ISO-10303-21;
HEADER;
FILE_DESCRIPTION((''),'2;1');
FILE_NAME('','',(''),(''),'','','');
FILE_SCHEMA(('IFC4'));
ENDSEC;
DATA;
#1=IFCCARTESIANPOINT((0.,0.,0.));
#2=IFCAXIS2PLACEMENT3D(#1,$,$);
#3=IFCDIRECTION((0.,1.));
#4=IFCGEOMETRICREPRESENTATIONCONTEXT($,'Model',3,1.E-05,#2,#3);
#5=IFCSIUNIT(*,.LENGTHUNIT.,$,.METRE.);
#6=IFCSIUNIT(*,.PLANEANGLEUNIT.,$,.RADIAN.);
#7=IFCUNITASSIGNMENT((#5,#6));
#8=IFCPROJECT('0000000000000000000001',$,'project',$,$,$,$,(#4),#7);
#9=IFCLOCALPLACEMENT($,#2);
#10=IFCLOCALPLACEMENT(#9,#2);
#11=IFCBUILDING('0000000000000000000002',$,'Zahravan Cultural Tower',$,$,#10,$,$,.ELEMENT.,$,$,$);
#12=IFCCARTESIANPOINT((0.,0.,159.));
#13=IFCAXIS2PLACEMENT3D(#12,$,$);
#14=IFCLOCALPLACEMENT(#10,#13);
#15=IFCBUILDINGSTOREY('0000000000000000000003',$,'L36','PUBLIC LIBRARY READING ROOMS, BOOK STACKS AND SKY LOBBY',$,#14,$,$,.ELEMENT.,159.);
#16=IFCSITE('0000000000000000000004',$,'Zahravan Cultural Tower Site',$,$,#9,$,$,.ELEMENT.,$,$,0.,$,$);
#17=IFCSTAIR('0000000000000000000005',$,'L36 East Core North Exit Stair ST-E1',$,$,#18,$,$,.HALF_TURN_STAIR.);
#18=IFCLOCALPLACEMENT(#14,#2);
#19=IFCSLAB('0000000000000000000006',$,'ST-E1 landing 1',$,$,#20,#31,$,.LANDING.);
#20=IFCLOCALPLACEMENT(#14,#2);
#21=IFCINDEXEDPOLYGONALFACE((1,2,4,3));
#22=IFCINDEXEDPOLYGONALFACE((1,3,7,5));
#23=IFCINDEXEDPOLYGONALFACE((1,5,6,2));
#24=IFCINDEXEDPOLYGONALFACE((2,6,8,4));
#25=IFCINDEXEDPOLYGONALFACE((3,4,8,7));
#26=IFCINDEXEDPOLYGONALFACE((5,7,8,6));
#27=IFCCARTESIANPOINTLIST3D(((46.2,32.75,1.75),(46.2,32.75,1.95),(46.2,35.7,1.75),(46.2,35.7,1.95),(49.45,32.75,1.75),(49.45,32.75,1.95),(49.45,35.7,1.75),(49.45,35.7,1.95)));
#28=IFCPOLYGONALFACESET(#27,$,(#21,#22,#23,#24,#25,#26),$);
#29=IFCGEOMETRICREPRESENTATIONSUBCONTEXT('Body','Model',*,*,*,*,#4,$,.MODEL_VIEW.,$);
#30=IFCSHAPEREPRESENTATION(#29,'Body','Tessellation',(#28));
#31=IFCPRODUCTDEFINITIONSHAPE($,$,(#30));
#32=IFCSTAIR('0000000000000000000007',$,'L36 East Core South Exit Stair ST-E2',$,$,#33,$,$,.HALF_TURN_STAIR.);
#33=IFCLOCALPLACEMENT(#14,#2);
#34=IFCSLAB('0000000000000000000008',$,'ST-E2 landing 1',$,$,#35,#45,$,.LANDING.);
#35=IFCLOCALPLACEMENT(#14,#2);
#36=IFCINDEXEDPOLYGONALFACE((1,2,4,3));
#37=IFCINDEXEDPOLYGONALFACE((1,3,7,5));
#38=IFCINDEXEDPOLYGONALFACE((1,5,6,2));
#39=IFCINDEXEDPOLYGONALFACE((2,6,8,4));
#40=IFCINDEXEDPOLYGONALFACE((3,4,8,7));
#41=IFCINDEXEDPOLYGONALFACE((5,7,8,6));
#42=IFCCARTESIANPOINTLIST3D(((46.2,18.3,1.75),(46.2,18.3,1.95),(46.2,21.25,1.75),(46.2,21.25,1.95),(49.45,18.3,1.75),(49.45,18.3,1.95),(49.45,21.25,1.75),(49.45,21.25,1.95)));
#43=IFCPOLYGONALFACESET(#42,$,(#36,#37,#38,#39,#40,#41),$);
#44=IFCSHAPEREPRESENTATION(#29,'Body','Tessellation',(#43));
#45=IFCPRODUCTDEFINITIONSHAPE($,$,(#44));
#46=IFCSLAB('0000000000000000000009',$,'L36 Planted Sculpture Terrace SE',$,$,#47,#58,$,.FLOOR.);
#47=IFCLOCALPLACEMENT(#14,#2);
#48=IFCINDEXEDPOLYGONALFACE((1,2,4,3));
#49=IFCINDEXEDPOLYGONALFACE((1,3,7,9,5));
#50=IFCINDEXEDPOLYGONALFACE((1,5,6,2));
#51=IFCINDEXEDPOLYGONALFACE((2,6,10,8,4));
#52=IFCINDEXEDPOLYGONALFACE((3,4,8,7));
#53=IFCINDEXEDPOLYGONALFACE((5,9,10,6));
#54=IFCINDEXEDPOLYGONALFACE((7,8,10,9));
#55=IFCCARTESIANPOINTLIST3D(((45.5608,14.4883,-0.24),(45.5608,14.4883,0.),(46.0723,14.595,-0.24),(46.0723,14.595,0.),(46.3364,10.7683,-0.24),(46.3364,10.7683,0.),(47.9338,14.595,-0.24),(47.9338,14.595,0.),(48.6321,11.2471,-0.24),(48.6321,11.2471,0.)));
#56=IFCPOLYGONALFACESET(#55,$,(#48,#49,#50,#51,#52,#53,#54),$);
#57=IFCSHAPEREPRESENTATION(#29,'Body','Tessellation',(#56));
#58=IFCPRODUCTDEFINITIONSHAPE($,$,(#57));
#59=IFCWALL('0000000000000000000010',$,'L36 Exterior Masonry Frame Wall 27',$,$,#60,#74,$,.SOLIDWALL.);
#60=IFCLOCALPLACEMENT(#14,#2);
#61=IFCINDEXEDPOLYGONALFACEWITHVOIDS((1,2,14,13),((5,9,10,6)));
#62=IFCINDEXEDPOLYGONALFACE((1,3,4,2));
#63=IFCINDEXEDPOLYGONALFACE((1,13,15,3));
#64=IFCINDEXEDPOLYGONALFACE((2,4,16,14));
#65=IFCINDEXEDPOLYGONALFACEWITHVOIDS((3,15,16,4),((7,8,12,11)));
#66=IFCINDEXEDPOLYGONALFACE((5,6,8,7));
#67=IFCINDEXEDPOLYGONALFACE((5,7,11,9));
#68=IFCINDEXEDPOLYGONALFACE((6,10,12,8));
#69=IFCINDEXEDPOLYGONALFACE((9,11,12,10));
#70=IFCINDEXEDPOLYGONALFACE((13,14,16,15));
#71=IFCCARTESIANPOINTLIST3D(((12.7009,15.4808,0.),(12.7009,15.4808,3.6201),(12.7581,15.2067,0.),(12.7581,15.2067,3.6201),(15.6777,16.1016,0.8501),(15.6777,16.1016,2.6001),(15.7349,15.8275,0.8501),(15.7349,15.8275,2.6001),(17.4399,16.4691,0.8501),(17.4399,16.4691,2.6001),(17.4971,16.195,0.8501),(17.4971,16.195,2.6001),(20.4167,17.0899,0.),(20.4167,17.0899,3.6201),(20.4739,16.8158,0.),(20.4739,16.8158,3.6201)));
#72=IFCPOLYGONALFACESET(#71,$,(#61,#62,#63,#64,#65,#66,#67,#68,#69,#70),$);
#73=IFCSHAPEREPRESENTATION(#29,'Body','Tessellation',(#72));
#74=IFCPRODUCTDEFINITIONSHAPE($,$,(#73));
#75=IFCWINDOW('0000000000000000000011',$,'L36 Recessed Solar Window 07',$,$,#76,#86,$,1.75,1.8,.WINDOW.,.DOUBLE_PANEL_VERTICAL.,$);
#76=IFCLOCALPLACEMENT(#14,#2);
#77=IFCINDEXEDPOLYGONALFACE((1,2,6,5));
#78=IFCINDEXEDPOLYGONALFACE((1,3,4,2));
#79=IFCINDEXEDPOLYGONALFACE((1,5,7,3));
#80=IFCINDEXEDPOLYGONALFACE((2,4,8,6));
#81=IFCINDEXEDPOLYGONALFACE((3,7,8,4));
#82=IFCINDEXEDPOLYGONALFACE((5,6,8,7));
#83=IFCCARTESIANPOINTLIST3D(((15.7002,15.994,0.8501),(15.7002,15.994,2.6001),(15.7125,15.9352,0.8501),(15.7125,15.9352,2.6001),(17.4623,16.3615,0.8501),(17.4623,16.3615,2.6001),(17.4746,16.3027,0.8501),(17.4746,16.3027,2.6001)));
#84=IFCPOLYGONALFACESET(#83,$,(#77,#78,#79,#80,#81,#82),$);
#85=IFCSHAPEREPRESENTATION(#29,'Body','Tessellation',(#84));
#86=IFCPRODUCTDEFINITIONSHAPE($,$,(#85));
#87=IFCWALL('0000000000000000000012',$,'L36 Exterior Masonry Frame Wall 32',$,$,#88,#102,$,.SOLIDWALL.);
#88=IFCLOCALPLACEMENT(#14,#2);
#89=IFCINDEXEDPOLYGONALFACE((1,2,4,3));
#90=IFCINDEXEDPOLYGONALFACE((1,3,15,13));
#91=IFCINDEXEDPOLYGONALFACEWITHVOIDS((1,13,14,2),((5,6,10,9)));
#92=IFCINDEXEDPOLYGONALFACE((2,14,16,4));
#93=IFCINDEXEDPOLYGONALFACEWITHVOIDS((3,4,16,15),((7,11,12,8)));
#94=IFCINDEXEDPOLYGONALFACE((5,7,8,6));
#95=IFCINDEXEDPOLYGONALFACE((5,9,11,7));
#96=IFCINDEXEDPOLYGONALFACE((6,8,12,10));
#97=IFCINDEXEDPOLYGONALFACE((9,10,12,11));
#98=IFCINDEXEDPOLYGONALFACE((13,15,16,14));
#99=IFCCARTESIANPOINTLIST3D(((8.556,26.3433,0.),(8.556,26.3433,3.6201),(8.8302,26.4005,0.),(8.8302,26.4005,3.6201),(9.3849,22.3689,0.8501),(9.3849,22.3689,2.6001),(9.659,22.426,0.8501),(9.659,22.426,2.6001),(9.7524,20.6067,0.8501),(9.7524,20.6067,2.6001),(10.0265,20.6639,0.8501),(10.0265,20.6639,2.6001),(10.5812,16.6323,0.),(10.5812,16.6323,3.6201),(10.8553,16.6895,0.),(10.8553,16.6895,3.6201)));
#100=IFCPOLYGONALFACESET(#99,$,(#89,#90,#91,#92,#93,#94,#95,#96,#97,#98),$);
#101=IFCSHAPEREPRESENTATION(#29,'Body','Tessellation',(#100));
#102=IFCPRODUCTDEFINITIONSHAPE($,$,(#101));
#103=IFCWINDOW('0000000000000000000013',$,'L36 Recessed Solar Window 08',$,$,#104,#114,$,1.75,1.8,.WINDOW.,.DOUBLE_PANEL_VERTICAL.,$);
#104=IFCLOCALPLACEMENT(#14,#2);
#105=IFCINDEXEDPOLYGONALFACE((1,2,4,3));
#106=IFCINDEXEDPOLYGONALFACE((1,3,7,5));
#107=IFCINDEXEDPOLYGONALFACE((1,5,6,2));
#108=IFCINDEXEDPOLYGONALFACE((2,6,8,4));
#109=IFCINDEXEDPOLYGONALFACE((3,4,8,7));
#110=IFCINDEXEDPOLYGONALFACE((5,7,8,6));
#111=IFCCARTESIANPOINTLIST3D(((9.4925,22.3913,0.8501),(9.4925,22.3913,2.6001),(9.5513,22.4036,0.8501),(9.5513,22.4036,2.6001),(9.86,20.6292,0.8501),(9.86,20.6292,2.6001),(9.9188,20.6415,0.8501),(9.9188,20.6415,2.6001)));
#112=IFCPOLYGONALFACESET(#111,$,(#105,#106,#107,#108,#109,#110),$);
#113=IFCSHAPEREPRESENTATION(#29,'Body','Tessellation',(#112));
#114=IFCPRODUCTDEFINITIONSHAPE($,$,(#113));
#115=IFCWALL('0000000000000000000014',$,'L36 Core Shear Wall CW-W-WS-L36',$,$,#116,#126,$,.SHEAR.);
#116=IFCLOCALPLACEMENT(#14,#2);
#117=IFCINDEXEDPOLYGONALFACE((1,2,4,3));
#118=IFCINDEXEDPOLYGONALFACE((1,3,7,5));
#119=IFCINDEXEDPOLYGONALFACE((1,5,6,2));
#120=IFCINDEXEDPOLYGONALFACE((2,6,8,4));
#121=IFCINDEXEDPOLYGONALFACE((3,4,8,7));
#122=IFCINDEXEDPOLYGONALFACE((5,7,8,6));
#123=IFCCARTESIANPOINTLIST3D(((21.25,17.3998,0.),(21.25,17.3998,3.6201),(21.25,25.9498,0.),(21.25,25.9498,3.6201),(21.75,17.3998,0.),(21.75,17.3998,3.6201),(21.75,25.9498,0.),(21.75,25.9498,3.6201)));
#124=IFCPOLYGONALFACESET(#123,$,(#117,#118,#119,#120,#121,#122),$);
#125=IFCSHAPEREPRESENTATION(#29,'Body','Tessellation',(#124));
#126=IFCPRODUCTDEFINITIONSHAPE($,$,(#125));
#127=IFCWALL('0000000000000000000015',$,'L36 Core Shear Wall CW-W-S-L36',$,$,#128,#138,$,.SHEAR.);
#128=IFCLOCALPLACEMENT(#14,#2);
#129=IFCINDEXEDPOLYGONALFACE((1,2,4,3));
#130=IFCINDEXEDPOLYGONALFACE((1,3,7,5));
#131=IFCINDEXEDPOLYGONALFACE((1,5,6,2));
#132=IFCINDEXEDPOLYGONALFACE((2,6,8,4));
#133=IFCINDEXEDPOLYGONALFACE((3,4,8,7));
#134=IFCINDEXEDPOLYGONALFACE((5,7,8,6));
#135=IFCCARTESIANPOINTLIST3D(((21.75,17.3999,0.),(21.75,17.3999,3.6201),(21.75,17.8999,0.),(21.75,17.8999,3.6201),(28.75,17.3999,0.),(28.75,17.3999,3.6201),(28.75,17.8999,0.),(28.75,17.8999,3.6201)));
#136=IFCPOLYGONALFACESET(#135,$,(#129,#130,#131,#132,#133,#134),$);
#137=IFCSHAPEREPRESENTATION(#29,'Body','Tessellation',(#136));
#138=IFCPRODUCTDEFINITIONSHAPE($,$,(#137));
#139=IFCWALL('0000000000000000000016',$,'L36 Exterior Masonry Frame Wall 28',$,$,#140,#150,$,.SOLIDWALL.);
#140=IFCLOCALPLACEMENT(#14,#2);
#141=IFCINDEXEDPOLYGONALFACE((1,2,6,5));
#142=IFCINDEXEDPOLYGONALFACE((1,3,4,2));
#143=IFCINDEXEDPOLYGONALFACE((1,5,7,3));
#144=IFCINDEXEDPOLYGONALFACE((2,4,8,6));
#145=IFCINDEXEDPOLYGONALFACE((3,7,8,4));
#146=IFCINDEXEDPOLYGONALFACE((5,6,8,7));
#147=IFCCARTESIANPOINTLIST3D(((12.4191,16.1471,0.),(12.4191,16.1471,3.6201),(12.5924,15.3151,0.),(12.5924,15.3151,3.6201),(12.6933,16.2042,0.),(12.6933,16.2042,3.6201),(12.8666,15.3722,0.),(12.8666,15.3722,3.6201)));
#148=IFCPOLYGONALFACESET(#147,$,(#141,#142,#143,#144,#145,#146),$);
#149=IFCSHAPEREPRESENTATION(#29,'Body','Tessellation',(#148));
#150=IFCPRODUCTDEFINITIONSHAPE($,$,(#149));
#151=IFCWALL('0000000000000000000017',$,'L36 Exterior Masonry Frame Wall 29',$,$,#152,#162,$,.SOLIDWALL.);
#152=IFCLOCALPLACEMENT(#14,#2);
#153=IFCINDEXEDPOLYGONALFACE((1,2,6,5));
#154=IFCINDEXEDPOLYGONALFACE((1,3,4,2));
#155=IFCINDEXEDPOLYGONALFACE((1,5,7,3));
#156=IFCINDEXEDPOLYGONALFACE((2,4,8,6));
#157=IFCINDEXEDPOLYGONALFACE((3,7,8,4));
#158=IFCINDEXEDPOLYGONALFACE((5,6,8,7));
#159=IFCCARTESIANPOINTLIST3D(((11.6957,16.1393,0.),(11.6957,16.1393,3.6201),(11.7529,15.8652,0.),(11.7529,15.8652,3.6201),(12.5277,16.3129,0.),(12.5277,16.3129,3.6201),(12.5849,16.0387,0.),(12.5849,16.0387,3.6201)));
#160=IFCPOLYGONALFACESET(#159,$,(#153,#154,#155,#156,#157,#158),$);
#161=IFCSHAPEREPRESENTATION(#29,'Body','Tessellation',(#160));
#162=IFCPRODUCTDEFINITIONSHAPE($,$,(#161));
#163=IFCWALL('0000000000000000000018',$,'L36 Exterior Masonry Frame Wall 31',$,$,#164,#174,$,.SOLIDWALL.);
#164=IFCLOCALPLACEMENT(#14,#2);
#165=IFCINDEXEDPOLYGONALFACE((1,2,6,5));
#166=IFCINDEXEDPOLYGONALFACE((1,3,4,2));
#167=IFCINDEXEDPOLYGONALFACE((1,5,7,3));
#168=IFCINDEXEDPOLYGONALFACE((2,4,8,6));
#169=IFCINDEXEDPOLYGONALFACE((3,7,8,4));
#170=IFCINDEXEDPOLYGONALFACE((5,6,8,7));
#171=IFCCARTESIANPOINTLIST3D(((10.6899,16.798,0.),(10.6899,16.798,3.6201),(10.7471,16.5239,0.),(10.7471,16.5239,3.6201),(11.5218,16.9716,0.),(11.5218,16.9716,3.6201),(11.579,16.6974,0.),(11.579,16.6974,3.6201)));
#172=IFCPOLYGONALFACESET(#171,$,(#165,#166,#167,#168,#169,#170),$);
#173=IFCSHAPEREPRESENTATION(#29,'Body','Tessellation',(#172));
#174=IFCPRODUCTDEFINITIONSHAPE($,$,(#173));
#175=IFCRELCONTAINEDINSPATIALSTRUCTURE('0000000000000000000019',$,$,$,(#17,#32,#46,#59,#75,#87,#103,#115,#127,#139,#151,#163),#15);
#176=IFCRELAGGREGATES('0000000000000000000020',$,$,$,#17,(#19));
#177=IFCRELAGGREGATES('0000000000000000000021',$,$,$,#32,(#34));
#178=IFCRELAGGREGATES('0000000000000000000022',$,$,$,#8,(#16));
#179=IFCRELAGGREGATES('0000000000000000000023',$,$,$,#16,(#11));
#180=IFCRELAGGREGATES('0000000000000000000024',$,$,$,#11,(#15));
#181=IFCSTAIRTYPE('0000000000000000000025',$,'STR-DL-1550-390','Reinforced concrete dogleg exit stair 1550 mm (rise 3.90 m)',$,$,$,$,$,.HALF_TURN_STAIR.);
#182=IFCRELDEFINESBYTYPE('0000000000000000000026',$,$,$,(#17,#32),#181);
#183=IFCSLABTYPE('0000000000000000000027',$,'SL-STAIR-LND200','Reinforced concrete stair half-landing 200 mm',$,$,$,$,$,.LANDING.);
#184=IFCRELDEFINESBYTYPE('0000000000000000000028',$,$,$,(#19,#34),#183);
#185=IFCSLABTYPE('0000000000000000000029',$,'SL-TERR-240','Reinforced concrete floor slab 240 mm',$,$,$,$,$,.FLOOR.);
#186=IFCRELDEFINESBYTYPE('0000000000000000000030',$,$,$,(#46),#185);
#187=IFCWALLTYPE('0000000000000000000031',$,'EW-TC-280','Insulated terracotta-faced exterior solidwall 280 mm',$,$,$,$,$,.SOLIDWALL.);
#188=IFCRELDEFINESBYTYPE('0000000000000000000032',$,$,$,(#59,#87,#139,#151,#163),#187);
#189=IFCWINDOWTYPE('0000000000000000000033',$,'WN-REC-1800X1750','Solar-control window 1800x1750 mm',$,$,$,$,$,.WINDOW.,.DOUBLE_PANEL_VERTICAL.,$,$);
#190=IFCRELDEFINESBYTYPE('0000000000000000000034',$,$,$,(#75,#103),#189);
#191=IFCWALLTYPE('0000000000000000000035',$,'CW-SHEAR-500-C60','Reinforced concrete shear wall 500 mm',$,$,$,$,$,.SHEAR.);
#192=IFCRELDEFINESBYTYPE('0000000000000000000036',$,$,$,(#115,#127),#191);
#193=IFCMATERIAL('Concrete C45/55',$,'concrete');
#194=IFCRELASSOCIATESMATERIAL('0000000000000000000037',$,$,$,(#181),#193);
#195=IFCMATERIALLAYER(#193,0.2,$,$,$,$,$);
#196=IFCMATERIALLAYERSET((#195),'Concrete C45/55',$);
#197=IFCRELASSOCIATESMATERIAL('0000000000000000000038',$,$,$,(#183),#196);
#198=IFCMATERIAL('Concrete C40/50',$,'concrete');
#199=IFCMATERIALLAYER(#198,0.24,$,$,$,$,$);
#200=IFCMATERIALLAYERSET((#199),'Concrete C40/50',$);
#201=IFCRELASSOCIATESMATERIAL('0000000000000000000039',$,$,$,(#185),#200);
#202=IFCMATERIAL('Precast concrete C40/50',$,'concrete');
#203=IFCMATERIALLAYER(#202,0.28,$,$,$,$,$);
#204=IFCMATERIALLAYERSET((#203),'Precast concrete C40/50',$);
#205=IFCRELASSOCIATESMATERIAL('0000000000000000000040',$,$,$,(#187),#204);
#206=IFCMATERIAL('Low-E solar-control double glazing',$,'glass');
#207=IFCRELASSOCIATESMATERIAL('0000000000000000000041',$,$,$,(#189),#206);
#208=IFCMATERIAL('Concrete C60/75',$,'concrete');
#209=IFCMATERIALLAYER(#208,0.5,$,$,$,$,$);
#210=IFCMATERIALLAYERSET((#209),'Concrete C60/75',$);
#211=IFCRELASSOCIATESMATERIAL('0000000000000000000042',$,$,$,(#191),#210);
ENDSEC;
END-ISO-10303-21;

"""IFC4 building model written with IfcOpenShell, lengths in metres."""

from ifc_helpers import new_model, si_unit, direction, frame, frame_2d, origin, place, context, subcontext, project, spatial, polyline, rectangle, outline, extrude, source, transform, mapped, material, layer, layer_set, type_object, element, fill, aggregate, save


model = new_model("IFC4")

# Units and contexts
model_context = context("Model", 3, precision=1e-05, world=origin(), true_north=direction((0.0, 1.0)))
body_context = subcontext(model_context, "Body", "Model", "MODEL_VIEW")
ifc_project = project(units=[si_unit("LENGTHUNIT", "METRE"), si_unit("PLANEANGLEUNIT", "RADIAN")], contexts=[model_context])

# Site, building, storey
site_placement = place(None, origin())
site = spatial("IfcSite", under=ifc_project, at=site_placement, Name="Zahravan Cultural Tower Site", CompositionType="ELEMENT", RefElevation=0.0)
building_placement = place(site_placement, origin())
building = spatial("IfcBuilding", under=site, at=building_placement, Name="Zahravan Cultural Tower", CompositionType="ELEMENT")
storey_placement = place(building_placement, frame((0.0, 0.0, 159.0)))
storey = spatial("IfcBuildingStorey", under=building, at=storey_placement, Name="L36", Description="PUBLIC LIBRARY READING ROOMS, BOOK STACKS AND SKY LOBBY", CompositionType="ELEMENT", Elevation=159.0)

# Shared definitions
ifc_material_1 = material(Name="Concrete C45/55", Category="concrete")

# Stairs, slabs
stair_type = type_object("IfcStairType", Name="STR-DL-1550-390", Description="Reinforced concrete dogleg exit stair 1550 mm (rise 3.90 m)", PredefinedType="HALF_TURN_STAIR", material=ifc_material_1)
ifc_layer_1 = layer(ifc_material_1, 0.2)
ifc_layer_set_1 = layer_set([ifc_layer_1], Name="Concrete C45/55")
slab_type_1 = type_object("IfcSlabType", Name="SL-STAIR-LND200", Description="Reinforced concrete stair half-landing 200 mm", PredefinedType="LANDING", material=ifc_layer_set_1)
stair_1_placement = place(storey_placement, origin())
stair_1 = element("IfcStair", 1, at=stair_1_placement, inside=storey, type_object=stair_type, Name="L36 East Core North Exit Stair ST-E1", PredefinedType="HALF_TURN_STAIR")
slab_1_placement = place(storey_placement, frame((0.0, 0.0, 1.75)))
slab_1 = element("IfcSlab", 2, at=slab_1_placement, type_object=slab_type_1, Name="ST-E1 landing 1", PredefinedType="LANDING", context=body_context, shape_type="SweptSolid", body=[
    extrude(outline(polyline([(49.45, 32.75), (49.45, 35.7), (46.2, 35.7), (46.2, 32.75), (49.45, 32.75)])), origin(), (0.0, 0.0, 1.0), 0.2),
])
aggregate(stair_1, [slab_1])
stair_2_placement = place(storey_placement, origin())
stair_2 = element("IfcStair", 3, at=stair_2_placement, inside=storey, type_object=stair_type, Name="L36 East Core South Exit Stair ST-E2", PredefinedType="HALF_TURN_STAIR")
slab_2_placement = place(storey_placement, frame((0.0, 0.0, 1.75)))
slab_2 = element("IfcSlab", 4, at=slab_2_placement, type_object=slab_type_1, Name="ST-E2 landing 1", PredefinedType="LANDING", context=body_context, shape_type="SweptSolid", body=[
    extrude(outline(polyline([(46.2, 21.25), (46.2, 18.3), (49.45, 18.3), (49.45, 21.25), (46.2, 21.25)])), origin(), (0.0, 0.0, 1.0), 0.2),
])
aggregate(stair_2, [slab_2])

# Slab
ifc_material_2 = material(Name="Concrete C40/50", Category="concrete")
ifc_layer_2 = layer(ifc_material_2, 0.24)
ifc_layer_set_2 = layer_set([ifc_layer_2], Name="Concrete C40/50")
slab_type_2 = type_object("IfcSlabType", Name="SL-TERR-240", Description="Reinforced concrete floor slab 240 mm", PredefinedType="FLOOR", material=ifc_layer_set_2)
slab_3_placement = place(storey_placement, frame((0.0, 0.0, -0.24)))
element("IfcSlab", 5, at=slab_3_placement, inside=storey, type_object=slab_type_2, Name="L36 Planted Sculpture Terrace SE", PredefinedType="FLOOR", context=body_context, shape_type="SweptSolid", body=[
    extrude(outline(polyline([(48.6321, 11.2471), (47.9338, 14.595), (46.0723, 14.595), (45.5608, 14.4883), (46.3364, 10.7683), (48.6321, 11.2471)])), origin(), (0.0, 0.0, 1.0), 0.24),
])

# Walls, openings, windows
ifc_material_3 = material(Name="Precast concrete C40/50", Category="concrete")
ifc_layer_3 = layer(ifc_material_3, 0.28)
ifc_layer_set_3 = layer_set([ifc_layer_3], Name="Precast concrete C40/50")
wall_type_1 = type_object("IfcWallType", Name="EW-TC-280", Description="Insulated terracotta-faced exterior solidwall 280 mm", PredefinedType="SOLIDWALL", material=ifc_layer_set_3)
wall_1_placement = place(storey_placement, frame((20.4453, 16.9529, 0.0), z_axis=(0.0, 0.0, 1.0), x_axis=(-0.978938, -0.204157, 0.0)))
wall_1 = element("IfcWall", 6, at=wall_1_placement, inside=storey, type_object=wall_type_1, Name="L36 Exterior Masonry Frame Wall 27", PredefinedType="SOLIDWALL", context=body_context, shape_type="SweptSolid", body=[
    extrude(rectangle(XDim=7.8818, YDim=0.28, at=frame_2d((3.9409, 0.0))), origin(), (0.0, 0.0, 1.0), 3.6201),
])
opening_1_placement = place(wall_1_placement, frame((3.041, 0.0, 0.8501)))
opening_1 = element("IfcOpeningElement", 7, at=opening_1_placement, cuts=wall_1, PredefinedType="OPENING", context=body_context, shape_type="SweptSolid", body=[
    extrude(rectangle(XDim=1.8, YDim=1.75, at=frame_2d((0.8999, 0.875))), frame((0.0, 0.1499, 0.0), z_axis=(0.0, -1.0, 0.0), x_axis=(1.0, 0.0, 0.0)), (0.0, 0.0, 1.0), 0.3),
])
ifc_material_4 = material(Name="Low-E solar-control double glazing", Category="glass")
window_type = type_object("IfcWindowType", Name="WN-REC-1800X1750", Description="Solar-control window 1800x1750 mm", PartitioningType="DOUBLE_PANEL_VERTICAL", PredefinedType="WINDOW", material=ifc_material_4)
shared_shape_1 = source(origin(), body_context, "Body", "SweptSolid", [
    extrude(rectangle(XDim=1.8, YDim=1.75, at=frame_2d((0.8999, 0.875))), frame((0.0, 0.03, 0.0), z_axis=(0.0, -1.0, 0.0), x_axis=(1.0, 0.0, 0.0)), (0.0, 0.0, 1.0), 0.0601),
])
window_1_placement = place(opening_1_placement, origin())
window_1 = element("IfcWindow", 8, at=window_1_placement, inside=storey, type_object=window_type, Name="L36 Recessed Solar Window 07", OverallHeight=1.75, OverallWidth=1.8, PartitioningType="DOUBLE_PANEL_VERTICAL", PredefinedType="WINDOW", context=body_context, shape_type="MappedRepresentation", body=[
    mapped(shared_shape_1, transform((0.0, 0.0, 0.0), x_axis=(1.0, 0.0, 0.0), y_axis=(0.0, 1.0, 0.0), z_axis=(0.0, 0.0, 1.0), scale=1.0)),
])
fill(opening_1, window_1)
wall_2_placement = place(storey_placement, frame((10.7183, 16.6609, 0.0), z_axis=(0.0, 0.0, 1.0), x_axis=(-0.204151, 0.978939, 0.0)))
wall_2 = element("IfcWall", 9, at=wall_2_placement, inside=storey, type_object=wall_type_1, Name="L36 Exterior Masonry Frame Wall 32", PredefinedType="SOLIDWALL", context=body_context, shape_type="SweptSolid", body=[
    extrude(rectangle(XDim=9.9199, YDim=0.28, at=frame_2d((4.96, 0.0))), origin(), (0.0, 0.0, 1.0), 3.6201),
])
opening_2_placement = place(wall_2_placement, frame((4.0601, 0.0, 0.8501)))
opening_2 = element("IfcOpeningElement", 10, at=opening_2_placement, cuts=wall_2, PredefinedType="OPENING", context=body_context, shape_type="SweptSolid", body=[
    extrude(rectangle(XDim=1.8, YDim=1.75, at=frame_2d((0.8999, 0.875))), frame((0.0, 0.1499, 0.0), z_axis=(0.0, -1.0, 0.0), x_axis=(1.0, 0.0, 0.0)), (0.0, 0.0, 1.0), 0.3),
])
window_2_placement = place(opening_2_placement, origin())
window_2 = element("IfcWindow", 11, at=window_2_placement, inside=storey, type_object=window_type, Name="L36 Recessed Solar Window 08", OverallHeight=1.75, OverallWidth=1.8, PartitioningType="DOUBLE_PANEL_VERTICAL", PredefinedType="WINDOW", context=body_context, shape_type="MappedRepresentation", body=[
    mapped(shared_shape_1, transform((0.0, 0.0, 0.0), x_axis=(1.0, 0.0, 0.0), y_axis=(0.0, 1.0, 0.0), z_axis=(0.0, 0.0, 1.0), scale=1.0)),
])
fill(opening_2, window_2)

# Walls
ifc_material_5 = material(Name="Concrete C60/75", Category="concrete")
ifc_layer_4 = layer(ifc_material_5, 0.5)
ifc_layer_set_4 = layer_set([ifc_layer_4], Name="Concrete C60/75")
wall_type_2 = type_object("IfcWallType", Name="CW-SHEAR-500-C60", Description="Reinforced concrete shear wall 500 mm", PredefinedType="SHEAR", material=ifc_layer_set_4)
shared_shape_2 = source(origin(), body_context, "Body", "SweptSolid", [
    extrude(rectangle(XDim=8.55, YDim=0.5, at=frame_2d((4.2749, 0.0))), origin(), (0.0, 0.0, 1.0), 3.6201),
])
wall_3_placement = place(storey_placement, frame((21.5, 17.3999, 0.0), z_axis=(0.0, 0.0, 1.0), x_axis=(0.0, 1.0, 0.0)))
element("IfcWall", 12, at=wall_3_placement, inside=storey, type_object=wall_type_2, Name="L36 Core Shear Wall CW-W-WS-L36", PredefinedType="SHEAR", context=body_context, shape_type="MappedRepresentation", body=[
    mapped(shared_shape_2, transform((0.0, 0.0, 0.0), x_axis=(1.0, 0.0, 0.0), y_axis=(0.0, 1.0, 0.0), z_axis=(0.0, 0.0, 1.0), scale=1.0)),
])
shared_shape_3 = source(origin(), body_context, "Body", "SweptSolid", [
    extrude(rectangle(XDim=7.0, YDim=0.5, at=frame_2d((3.5, 0.0))), origin(), (0.0, 0.0, 1.0), 3.6201),
])
wall_4_placement = place(storey_placement, frame((21.75, 17.6499, 0.0), z_axis=(0.0, 0.0, 1.0), x_axis=(1.0, 0.0, 0.0)))
element("IfcWall", 13, at=wall_4_placement, inside=storey, type_object=wall_type_2, Name="L36 Core Shear Wall CW-W-S-L36", PredefinedType="SHEAR", context=body_context, shape_type="MappedRepresentation", body=[
    mapped(shared_shape_3, transform((0.0, 0.0, 0.0), x_axis=(1.0, 0.0, 0.0), y_axis=(0.0, 1.0, 0.0), z_axis=(0.0, 0.0, 1.0), scale=1.0)),
])
shared_shape_4 = source(origin(), body_context, "Body", "SweptSolid", [
    extrude(rectangle(XDim=0.8499, YDim=0.28, at=frame_2d((0.4248, 0.0))), origin(), (0.0, 0.0, 1.0), 3.6201),
])
for number, where, z_axis, x_axis, name in (
    (14, (12.7295, 15.3438, 0.0), (0.0, 0.0, 1.0), (-0.203954, 0.97898, 0.0), "L36 Exterior Masonry Frame Wall 28"),
    (15, (12.5562, 16.1758, 0.0), (0.0, 0.0, 1.0), (-0.978923, -0.20423, 0.0), "L36 Exterior Masonry Frame Wall 29"),
    (16, (11.5503, 16.8345, 0.0), (0.0, 0.0, 1.0), (-0.978923, -0.20423, 0.0), "L36 Exterior Masonry Frame Wall 31"),
):
    element("IfcWall", number, at=place(storey_placement, frame(where, z_axis=z_axis, x_axis=x_axis)), inside=storey, type_object=wall_type_1, Name=name, PredefinedType="SOLIDWALL", context=body_context, shape_type="MappedRepresentation", body=[
        mapped(shared_shape_4, transform((0.0, 0.0, 0.0), x_axis=(1.0, 0.0, 0.0), y_axis=(0.0, 1.0, 0.0), z_axis=(0.0, 0.0, 1.0), scale=1.0)),
    ])

save(model, "model.ifc")
